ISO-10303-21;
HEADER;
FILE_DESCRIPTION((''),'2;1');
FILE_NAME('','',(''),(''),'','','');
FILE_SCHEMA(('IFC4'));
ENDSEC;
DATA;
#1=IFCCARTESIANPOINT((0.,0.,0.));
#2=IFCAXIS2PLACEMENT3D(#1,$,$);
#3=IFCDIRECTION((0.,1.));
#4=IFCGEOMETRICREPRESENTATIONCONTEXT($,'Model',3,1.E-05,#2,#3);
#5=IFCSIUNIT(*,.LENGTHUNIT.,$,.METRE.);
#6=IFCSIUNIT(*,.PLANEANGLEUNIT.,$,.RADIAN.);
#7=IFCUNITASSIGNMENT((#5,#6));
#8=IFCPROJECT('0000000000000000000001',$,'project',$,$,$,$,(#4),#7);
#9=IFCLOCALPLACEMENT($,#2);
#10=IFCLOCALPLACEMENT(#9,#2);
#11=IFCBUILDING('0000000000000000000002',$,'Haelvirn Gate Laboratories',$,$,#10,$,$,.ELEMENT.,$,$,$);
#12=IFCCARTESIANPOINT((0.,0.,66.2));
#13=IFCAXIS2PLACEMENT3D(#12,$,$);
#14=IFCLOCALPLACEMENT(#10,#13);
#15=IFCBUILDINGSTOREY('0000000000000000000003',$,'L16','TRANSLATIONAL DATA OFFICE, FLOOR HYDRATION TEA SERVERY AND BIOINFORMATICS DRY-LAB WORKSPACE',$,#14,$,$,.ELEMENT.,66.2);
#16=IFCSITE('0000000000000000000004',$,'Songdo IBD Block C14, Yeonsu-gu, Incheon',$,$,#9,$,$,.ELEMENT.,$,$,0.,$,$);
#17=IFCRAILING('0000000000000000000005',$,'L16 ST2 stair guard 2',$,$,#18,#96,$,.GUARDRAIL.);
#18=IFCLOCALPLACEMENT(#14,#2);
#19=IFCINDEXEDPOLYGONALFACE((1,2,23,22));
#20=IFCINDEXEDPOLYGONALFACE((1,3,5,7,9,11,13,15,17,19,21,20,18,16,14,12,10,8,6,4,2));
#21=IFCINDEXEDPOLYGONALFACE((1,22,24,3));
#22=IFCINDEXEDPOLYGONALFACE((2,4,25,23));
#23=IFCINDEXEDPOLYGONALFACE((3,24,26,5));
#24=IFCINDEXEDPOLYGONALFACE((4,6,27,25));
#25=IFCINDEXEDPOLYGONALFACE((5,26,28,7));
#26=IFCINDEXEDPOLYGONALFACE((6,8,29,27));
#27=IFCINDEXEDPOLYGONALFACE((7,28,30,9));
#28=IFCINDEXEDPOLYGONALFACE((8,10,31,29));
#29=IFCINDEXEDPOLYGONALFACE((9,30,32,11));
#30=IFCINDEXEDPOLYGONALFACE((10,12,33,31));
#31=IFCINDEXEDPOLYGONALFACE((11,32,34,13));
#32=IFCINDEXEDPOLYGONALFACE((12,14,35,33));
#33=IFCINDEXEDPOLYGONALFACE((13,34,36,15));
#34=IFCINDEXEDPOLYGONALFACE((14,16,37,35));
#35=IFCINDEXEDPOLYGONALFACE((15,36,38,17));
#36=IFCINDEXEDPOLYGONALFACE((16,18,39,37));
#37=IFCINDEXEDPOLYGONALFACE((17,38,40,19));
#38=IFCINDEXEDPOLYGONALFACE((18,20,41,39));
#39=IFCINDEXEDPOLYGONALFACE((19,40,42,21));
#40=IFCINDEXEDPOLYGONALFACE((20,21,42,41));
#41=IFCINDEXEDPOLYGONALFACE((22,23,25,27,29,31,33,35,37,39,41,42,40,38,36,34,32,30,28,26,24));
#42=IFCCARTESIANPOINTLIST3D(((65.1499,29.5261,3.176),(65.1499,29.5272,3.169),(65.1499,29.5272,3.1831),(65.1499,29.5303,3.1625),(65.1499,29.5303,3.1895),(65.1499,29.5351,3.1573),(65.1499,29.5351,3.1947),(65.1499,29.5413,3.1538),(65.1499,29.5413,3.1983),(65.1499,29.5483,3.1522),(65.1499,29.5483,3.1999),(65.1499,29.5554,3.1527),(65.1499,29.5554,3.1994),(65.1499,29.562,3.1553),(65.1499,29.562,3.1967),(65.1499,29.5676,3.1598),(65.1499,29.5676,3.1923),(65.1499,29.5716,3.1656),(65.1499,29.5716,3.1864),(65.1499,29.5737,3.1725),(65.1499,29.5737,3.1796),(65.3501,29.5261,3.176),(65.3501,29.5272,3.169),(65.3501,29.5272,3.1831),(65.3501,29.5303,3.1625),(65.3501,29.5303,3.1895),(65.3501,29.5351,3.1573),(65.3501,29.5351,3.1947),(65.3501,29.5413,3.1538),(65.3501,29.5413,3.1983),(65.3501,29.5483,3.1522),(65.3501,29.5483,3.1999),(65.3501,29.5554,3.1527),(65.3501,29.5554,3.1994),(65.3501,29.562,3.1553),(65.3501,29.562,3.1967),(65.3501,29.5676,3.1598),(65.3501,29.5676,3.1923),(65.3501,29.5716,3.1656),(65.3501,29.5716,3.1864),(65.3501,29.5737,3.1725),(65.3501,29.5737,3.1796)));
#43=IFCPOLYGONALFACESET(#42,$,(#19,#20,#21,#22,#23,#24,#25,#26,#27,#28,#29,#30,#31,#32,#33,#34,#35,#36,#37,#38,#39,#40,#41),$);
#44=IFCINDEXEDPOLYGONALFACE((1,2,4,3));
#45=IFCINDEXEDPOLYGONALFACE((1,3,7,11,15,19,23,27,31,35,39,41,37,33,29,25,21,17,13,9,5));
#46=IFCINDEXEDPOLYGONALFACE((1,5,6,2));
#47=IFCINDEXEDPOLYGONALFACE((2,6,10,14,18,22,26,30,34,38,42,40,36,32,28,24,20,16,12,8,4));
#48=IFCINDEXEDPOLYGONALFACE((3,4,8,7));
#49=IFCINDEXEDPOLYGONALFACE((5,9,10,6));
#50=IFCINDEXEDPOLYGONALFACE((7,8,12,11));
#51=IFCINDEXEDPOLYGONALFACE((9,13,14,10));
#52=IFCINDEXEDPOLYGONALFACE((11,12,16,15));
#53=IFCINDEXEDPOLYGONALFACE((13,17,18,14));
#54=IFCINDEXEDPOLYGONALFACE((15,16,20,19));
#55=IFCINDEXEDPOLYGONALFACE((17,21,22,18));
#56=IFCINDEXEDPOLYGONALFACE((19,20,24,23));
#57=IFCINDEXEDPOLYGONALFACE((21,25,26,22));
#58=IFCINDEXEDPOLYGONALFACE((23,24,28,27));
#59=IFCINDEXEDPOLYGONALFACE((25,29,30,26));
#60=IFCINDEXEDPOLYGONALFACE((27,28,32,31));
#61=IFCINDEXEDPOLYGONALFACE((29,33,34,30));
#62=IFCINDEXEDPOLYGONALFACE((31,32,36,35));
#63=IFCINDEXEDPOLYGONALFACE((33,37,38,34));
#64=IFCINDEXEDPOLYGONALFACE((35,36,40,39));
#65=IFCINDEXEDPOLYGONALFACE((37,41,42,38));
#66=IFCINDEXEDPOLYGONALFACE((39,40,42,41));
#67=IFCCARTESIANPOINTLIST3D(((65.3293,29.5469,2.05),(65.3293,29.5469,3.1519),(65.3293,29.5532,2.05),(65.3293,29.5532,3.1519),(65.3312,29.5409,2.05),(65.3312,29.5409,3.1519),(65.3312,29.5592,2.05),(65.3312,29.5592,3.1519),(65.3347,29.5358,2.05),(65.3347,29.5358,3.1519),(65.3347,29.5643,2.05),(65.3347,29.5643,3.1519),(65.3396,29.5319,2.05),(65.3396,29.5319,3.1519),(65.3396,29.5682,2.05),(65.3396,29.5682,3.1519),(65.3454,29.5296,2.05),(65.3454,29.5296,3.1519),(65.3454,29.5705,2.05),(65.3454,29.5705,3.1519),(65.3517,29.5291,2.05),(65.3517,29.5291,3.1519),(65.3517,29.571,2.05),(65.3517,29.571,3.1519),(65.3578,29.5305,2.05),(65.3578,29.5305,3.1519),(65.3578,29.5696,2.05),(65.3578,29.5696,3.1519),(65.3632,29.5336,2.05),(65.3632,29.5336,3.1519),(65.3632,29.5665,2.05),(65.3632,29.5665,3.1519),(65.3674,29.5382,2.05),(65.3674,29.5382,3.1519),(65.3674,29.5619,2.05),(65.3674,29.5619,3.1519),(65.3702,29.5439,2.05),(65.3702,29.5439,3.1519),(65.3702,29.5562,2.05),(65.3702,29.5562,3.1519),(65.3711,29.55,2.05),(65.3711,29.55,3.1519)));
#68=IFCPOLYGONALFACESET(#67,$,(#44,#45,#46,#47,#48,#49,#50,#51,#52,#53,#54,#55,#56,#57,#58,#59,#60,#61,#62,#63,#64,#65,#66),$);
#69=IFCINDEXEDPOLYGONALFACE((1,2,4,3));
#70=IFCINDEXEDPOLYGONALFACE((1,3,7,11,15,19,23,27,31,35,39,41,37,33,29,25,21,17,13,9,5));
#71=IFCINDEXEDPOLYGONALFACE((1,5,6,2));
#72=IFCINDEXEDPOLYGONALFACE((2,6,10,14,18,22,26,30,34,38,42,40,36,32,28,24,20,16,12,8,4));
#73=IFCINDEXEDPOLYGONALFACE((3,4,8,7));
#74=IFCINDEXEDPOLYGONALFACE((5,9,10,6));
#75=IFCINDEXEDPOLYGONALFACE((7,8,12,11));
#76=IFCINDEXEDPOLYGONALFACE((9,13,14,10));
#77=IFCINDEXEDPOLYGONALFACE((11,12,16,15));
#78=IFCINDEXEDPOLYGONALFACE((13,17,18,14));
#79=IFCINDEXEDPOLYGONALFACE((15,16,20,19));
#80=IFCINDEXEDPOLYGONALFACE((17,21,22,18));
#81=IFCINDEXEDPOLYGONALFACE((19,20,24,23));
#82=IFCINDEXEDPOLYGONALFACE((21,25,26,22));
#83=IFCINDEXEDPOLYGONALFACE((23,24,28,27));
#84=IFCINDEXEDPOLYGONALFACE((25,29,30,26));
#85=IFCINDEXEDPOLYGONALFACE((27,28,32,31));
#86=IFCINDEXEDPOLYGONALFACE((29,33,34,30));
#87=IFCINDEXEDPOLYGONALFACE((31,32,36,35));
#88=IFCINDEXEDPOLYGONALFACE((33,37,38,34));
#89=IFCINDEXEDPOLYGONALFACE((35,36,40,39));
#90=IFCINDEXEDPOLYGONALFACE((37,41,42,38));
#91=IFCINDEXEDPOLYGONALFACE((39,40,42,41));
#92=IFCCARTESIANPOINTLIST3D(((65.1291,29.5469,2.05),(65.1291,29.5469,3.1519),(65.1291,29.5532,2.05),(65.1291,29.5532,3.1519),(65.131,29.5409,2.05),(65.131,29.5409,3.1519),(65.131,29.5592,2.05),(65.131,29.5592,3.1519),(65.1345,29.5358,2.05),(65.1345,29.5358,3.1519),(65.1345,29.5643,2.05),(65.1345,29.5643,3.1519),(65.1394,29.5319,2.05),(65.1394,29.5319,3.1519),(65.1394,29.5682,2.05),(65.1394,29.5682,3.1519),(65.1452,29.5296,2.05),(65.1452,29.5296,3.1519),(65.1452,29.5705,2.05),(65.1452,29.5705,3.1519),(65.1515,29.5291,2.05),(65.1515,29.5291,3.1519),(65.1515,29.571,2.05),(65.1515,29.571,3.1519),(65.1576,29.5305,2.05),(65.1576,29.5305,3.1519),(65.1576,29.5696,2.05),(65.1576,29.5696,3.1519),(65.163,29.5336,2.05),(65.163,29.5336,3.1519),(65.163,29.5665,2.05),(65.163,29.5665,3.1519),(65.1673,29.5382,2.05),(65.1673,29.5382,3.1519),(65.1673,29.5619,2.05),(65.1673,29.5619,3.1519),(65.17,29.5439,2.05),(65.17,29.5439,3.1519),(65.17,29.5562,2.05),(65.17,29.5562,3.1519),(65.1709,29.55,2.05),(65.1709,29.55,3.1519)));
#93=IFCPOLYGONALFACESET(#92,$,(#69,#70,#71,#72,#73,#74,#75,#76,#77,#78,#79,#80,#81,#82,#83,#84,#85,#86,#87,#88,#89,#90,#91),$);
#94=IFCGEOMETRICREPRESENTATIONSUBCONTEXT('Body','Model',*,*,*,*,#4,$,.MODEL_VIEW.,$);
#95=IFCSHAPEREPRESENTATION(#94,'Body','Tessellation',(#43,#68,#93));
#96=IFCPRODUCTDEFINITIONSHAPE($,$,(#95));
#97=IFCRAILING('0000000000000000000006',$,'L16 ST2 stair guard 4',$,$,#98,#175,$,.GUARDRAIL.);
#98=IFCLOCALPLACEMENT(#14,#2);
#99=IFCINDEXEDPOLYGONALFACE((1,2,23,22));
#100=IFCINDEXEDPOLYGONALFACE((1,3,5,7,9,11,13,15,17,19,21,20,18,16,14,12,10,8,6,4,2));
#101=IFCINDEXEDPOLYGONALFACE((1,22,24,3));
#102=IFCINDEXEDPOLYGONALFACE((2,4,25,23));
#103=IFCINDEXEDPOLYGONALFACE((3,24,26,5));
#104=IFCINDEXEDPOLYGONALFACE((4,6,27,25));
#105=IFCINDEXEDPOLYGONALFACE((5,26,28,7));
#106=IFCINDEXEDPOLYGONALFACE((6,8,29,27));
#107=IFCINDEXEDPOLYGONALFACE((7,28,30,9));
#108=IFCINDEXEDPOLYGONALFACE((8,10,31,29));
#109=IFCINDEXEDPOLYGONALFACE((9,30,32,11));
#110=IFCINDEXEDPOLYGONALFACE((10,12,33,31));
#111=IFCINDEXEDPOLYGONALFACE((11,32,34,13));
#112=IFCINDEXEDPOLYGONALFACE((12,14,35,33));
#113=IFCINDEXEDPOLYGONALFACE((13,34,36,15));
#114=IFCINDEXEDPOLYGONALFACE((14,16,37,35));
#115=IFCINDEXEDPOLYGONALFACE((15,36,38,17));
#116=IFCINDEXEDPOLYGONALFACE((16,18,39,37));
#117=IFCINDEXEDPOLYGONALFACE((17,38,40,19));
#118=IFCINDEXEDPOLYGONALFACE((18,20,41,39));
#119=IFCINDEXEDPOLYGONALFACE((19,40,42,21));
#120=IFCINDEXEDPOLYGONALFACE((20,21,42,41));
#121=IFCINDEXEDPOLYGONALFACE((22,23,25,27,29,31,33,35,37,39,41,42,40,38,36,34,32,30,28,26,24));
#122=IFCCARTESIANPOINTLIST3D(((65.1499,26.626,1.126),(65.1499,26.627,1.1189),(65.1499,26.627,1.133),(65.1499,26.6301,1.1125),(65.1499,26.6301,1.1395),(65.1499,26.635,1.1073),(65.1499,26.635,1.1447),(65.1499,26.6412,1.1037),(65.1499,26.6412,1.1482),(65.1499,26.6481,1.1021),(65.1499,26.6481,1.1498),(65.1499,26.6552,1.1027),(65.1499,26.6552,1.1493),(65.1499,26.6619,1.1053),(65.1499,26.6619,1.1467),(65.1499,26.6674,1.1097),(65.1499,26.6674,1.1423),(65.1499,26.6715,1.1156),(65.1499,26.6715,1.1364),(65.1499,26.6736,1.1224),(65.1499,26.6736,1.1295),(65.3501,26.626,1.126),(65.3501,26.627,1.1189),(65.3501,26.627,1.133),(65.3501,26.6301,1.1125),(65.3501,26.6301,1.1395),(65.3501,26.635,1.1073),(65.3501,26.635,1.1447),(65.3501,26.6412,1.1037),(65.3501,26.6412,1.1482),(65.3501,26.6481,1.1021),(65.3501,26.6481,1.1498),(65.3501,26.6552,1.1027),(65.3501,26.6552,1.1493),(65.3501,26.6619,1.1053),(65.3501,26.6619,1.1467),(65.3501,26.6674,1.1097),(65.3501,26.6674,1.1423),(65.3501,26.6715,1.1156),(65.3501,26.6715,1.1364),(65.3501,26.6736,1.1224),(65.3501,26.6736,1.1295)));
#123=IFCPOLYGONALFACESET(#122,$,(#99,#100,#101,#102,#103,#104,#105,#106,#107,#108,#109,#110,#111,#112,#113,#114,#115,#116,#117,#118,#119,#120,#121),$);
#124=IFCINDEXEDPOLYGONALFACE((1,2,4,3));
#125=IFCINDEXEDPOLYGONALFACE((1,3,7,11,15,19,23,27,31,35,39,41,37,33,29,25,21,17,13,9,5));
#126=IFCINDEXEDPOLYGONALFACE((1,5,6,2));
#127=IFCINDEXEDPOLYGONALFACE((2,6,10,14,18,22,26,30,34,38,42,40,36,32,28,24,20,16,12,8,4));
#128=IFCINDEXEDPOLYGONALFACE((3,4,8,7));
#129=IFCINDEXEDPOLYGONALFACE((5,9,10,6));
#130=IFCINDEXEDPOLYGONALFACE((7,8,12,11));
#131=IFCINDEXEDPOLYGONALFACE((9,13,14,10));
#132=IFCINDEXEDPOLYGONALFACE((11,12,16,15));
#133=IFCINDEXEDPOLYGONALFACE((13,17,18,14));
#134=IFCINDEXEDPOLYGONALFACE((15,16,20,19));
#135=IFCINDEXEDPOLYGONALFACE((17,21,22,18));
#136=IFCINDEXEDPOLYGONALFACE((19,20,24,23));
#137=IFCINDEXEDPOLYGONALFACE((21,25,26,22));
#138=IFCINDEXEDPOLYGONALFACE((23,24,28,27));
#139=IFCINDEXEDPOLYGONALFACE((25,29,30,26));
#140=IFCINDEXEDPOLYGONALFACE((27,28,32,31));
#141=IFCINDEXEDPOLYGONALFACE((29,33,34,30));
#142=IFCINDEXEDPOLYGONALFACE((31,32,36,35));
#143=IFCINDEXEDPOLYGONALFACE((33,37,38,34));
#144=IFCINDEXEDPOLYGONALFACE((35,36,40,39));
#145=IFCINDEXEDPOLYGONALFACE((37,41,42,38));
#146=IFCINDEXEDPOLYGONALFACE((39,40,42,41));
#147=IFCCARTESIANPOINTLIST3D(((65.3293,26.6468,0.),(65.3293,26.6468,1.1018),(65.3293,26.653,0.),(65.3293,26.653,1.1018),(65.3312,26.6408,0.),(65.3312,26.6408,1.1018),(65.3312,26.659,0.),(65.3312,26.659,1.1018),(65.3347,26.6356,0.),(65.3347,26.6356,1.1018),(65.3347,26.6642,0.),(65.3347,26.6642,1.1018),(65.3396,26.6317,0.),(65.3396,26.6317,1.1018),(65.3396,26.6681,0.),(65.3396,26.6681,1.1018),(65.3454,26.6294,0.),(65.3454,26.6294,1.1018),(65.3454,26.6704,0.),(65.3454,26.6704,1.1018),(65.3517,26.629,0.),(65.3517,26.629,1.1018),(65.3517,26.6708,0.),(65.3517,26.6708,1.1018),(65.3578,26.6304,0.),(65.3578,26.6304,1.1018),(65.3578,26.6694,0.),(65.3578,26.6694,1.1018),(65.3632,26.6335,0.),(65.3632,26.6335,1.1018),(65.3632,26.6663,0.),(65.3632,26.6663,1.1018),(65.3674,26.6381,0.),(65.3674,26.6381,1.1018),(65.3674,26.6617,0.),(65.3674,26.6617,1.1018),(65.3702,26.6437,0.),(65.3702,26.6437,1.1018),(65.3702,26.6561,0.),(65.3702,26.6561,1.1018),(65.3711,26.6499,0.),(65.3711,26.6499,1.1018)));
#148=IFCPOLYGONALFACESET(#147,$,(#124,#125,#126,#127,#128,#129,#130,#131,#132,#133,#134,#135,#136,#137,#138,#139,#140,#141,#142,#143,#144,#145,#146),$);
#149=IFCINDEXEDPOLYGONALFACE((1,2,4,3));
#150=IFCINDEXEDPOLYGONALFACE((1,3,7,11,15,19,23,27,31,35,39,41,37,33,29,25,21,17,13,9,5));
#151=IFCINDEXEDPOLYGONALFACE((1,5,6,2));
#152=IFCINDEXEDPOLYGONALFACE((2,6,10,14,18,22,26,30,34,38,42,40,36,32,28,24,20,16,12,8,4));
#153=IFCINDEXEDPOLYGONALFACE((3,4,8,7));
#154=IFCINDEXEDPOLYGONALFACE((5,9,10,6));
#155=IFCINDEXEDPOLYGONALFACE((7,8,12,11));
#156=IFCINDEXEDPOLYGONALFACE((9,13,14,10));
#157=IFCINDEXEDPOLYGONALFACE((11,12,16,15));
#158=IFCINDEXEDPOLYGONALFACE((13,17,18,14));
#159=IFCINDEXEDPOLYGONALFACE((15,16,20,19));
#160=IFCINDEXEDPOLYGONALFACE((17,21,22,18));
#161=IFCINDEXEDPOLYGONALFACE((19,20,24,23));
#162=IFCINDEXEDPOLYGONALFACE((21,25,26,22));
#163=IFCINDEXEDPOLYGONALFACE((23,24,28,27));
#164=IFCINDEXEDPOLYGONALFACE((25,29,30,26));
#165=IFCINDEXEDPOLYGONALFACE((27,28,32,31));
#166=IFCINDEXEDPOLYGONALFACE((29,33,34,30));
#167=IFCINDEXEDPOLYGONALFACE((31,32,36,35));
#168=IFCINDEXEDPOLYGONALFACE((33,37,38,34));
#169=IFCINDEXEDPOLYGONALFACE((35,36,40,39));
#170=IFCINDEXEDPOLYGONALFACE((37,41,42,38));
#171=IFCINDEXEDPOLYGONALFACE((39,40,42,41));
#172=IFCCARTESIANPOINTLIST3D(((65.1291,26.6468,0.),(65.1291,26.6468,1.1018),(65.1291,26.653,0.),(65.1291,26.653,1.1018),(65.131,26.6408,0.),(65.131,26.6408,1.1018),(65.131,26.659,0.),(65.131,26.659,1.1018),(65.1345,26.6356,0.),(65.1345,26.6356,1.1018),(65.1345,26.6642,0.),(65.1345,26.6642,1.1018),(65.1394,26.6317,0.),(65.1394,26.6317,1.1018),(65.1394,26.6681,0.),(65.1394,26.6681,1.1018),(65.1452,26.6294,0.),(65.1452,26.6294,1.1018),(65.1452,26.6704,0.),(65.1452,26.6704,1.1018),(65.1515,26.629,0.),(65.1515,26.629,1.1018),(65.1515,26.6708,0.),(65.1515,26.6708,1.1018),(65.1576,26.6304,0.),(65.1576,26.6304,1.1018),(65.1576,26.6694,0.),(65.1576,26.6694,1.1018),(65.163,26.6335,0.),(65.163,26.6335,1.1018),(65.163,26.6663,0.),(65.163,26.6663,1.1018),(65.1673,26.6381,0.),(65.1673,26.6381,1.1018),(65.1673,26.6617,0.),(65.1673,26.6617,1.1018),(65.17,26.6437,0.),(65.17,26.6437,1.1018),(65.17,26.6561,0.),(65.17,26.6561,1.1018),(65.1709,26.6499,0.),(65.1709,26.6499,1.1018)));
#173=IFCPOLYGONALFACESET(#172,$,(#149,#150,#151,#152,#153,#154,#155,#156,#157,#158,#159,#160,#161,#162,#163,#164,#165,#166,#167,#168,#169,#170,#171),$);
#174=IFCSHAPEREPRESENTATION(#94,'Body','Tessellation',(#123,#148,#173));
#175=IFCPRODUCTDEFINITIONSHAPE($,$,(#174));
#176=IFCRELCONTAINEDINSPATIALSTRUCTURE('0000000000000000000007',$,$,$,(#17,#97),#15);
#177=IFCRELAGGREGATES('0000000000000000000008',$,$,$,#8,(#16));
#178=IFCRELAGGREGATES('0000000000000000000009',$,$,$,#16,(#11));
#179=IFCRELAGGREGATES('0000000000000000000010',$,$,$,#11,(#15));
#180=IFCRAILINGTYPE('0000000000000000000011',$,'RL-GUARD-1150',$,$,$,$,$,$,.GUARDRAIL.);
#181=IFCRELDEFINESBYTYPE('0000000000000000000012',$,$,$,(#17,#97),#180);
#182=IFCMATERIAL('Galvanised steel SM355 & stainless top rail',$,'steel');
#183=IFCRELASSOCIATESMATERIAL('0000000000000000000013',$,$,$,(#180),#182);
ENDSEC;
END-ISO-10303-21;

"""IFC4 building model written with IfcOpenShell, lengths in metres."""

from ifc_helpers import new_model, si_unit, direction, frame, origin, origin_2d, place, context, subcontext, project, spatial, circle, extrude, source, transform, mapped, material, type_object, element, save


model = new_model("IFC4")

# Units and contexts
model_context = context("Model", 3, precision=1e-05, world=origin(), true_north=direction((0.0, 1.0)))
body_context = subcontext(model_context, "Body", "Model", "MODEL_VIEW")
ifc_project = project(units=[si_unit("LENGTHUNIT", "METRE"), si_unit("PLANEANGLEUNIT", "RADIAN")], contexts=[model_context])

# Site, building, storey
site_placement = place(None, origin())
site = spatial("IfcSite", under=ifc_project, at=site_placement, Name="Songdo IBD Block C14, Yeonsu-gu, Incheon", CompositionType="ELEMENT", RefElevation=0.0)
building_placement = place(site_placement, origin())
building = spatial("IfcBuilding", under=site, at=building_placement, Name="Haelvirn Gate Laboratories", CompositionType="ELEMENT")
storey_placement = place(building_placement, frame((0.0, 0.0, 66.2)))
storey = spatial("IfcBuildingStorey", under=building, at=storey_placement, Name="L16", Description="TRANSLATIONAL DATA OFFICE, FLOOR HYDRATION TEA SERVERY AND BIOINFORMATICS DRY-LAB WORKSPACE", CompositionType="ELEMENT", Elevation=66.2)

# Railings
ifc_material_1 = material(Name="Galvanised steel SM355 & stainless top rail", Category="steel")
railing_type_1 = type_object("IfcRailingType", Name="RL-GUARD-1150", PredefinedType="GUARDRAIL", material=ifc_material_1)
shared_shape_1 = source(origin(), body_context, "Body", "SweptSolid", [
    extrude(circle(Radius=0.0239, at=origin_2d()), frame((0.0, 0.0, 1.126), z_axis=(-1.0, 0.0, 0.0), x_axis=(0.0, -1.0, 0.0)), (0.0, 0.0, 1.0), 0.2002),
    extrude(circle(Radius=0.021, at=origin_2d()), origin(), (0.0, 0.0, 1.0), 1.1018),
    extrude(circle(Radius=0.021, at=origin_2d()), frame((-0.2002, 0.0, 0.0)), (0.0, 0.0, 1.0), 1.1018),
])
for number, where, name in (
    (1, (65.3501, 29.55, 2.05), "L16 ST2 stair guard 2"),
    (2, (65.3501, 26.6499, 0.0), "L16 ST2 stair guard 4"),
):
    element("IfcRailing", number, at=place(storey_placement, frame(where)), inside=storey, type_object=railing_type_1, Name=name, PredefinedType="GUARDRAIL", context=body_context, shape_type="MappedRepresentation", body=[
        mapped(shared_shape_1, transform((0.0, 0.0, 0.0), scale=1.0)),
    ])

save(model, "model.ifc")
